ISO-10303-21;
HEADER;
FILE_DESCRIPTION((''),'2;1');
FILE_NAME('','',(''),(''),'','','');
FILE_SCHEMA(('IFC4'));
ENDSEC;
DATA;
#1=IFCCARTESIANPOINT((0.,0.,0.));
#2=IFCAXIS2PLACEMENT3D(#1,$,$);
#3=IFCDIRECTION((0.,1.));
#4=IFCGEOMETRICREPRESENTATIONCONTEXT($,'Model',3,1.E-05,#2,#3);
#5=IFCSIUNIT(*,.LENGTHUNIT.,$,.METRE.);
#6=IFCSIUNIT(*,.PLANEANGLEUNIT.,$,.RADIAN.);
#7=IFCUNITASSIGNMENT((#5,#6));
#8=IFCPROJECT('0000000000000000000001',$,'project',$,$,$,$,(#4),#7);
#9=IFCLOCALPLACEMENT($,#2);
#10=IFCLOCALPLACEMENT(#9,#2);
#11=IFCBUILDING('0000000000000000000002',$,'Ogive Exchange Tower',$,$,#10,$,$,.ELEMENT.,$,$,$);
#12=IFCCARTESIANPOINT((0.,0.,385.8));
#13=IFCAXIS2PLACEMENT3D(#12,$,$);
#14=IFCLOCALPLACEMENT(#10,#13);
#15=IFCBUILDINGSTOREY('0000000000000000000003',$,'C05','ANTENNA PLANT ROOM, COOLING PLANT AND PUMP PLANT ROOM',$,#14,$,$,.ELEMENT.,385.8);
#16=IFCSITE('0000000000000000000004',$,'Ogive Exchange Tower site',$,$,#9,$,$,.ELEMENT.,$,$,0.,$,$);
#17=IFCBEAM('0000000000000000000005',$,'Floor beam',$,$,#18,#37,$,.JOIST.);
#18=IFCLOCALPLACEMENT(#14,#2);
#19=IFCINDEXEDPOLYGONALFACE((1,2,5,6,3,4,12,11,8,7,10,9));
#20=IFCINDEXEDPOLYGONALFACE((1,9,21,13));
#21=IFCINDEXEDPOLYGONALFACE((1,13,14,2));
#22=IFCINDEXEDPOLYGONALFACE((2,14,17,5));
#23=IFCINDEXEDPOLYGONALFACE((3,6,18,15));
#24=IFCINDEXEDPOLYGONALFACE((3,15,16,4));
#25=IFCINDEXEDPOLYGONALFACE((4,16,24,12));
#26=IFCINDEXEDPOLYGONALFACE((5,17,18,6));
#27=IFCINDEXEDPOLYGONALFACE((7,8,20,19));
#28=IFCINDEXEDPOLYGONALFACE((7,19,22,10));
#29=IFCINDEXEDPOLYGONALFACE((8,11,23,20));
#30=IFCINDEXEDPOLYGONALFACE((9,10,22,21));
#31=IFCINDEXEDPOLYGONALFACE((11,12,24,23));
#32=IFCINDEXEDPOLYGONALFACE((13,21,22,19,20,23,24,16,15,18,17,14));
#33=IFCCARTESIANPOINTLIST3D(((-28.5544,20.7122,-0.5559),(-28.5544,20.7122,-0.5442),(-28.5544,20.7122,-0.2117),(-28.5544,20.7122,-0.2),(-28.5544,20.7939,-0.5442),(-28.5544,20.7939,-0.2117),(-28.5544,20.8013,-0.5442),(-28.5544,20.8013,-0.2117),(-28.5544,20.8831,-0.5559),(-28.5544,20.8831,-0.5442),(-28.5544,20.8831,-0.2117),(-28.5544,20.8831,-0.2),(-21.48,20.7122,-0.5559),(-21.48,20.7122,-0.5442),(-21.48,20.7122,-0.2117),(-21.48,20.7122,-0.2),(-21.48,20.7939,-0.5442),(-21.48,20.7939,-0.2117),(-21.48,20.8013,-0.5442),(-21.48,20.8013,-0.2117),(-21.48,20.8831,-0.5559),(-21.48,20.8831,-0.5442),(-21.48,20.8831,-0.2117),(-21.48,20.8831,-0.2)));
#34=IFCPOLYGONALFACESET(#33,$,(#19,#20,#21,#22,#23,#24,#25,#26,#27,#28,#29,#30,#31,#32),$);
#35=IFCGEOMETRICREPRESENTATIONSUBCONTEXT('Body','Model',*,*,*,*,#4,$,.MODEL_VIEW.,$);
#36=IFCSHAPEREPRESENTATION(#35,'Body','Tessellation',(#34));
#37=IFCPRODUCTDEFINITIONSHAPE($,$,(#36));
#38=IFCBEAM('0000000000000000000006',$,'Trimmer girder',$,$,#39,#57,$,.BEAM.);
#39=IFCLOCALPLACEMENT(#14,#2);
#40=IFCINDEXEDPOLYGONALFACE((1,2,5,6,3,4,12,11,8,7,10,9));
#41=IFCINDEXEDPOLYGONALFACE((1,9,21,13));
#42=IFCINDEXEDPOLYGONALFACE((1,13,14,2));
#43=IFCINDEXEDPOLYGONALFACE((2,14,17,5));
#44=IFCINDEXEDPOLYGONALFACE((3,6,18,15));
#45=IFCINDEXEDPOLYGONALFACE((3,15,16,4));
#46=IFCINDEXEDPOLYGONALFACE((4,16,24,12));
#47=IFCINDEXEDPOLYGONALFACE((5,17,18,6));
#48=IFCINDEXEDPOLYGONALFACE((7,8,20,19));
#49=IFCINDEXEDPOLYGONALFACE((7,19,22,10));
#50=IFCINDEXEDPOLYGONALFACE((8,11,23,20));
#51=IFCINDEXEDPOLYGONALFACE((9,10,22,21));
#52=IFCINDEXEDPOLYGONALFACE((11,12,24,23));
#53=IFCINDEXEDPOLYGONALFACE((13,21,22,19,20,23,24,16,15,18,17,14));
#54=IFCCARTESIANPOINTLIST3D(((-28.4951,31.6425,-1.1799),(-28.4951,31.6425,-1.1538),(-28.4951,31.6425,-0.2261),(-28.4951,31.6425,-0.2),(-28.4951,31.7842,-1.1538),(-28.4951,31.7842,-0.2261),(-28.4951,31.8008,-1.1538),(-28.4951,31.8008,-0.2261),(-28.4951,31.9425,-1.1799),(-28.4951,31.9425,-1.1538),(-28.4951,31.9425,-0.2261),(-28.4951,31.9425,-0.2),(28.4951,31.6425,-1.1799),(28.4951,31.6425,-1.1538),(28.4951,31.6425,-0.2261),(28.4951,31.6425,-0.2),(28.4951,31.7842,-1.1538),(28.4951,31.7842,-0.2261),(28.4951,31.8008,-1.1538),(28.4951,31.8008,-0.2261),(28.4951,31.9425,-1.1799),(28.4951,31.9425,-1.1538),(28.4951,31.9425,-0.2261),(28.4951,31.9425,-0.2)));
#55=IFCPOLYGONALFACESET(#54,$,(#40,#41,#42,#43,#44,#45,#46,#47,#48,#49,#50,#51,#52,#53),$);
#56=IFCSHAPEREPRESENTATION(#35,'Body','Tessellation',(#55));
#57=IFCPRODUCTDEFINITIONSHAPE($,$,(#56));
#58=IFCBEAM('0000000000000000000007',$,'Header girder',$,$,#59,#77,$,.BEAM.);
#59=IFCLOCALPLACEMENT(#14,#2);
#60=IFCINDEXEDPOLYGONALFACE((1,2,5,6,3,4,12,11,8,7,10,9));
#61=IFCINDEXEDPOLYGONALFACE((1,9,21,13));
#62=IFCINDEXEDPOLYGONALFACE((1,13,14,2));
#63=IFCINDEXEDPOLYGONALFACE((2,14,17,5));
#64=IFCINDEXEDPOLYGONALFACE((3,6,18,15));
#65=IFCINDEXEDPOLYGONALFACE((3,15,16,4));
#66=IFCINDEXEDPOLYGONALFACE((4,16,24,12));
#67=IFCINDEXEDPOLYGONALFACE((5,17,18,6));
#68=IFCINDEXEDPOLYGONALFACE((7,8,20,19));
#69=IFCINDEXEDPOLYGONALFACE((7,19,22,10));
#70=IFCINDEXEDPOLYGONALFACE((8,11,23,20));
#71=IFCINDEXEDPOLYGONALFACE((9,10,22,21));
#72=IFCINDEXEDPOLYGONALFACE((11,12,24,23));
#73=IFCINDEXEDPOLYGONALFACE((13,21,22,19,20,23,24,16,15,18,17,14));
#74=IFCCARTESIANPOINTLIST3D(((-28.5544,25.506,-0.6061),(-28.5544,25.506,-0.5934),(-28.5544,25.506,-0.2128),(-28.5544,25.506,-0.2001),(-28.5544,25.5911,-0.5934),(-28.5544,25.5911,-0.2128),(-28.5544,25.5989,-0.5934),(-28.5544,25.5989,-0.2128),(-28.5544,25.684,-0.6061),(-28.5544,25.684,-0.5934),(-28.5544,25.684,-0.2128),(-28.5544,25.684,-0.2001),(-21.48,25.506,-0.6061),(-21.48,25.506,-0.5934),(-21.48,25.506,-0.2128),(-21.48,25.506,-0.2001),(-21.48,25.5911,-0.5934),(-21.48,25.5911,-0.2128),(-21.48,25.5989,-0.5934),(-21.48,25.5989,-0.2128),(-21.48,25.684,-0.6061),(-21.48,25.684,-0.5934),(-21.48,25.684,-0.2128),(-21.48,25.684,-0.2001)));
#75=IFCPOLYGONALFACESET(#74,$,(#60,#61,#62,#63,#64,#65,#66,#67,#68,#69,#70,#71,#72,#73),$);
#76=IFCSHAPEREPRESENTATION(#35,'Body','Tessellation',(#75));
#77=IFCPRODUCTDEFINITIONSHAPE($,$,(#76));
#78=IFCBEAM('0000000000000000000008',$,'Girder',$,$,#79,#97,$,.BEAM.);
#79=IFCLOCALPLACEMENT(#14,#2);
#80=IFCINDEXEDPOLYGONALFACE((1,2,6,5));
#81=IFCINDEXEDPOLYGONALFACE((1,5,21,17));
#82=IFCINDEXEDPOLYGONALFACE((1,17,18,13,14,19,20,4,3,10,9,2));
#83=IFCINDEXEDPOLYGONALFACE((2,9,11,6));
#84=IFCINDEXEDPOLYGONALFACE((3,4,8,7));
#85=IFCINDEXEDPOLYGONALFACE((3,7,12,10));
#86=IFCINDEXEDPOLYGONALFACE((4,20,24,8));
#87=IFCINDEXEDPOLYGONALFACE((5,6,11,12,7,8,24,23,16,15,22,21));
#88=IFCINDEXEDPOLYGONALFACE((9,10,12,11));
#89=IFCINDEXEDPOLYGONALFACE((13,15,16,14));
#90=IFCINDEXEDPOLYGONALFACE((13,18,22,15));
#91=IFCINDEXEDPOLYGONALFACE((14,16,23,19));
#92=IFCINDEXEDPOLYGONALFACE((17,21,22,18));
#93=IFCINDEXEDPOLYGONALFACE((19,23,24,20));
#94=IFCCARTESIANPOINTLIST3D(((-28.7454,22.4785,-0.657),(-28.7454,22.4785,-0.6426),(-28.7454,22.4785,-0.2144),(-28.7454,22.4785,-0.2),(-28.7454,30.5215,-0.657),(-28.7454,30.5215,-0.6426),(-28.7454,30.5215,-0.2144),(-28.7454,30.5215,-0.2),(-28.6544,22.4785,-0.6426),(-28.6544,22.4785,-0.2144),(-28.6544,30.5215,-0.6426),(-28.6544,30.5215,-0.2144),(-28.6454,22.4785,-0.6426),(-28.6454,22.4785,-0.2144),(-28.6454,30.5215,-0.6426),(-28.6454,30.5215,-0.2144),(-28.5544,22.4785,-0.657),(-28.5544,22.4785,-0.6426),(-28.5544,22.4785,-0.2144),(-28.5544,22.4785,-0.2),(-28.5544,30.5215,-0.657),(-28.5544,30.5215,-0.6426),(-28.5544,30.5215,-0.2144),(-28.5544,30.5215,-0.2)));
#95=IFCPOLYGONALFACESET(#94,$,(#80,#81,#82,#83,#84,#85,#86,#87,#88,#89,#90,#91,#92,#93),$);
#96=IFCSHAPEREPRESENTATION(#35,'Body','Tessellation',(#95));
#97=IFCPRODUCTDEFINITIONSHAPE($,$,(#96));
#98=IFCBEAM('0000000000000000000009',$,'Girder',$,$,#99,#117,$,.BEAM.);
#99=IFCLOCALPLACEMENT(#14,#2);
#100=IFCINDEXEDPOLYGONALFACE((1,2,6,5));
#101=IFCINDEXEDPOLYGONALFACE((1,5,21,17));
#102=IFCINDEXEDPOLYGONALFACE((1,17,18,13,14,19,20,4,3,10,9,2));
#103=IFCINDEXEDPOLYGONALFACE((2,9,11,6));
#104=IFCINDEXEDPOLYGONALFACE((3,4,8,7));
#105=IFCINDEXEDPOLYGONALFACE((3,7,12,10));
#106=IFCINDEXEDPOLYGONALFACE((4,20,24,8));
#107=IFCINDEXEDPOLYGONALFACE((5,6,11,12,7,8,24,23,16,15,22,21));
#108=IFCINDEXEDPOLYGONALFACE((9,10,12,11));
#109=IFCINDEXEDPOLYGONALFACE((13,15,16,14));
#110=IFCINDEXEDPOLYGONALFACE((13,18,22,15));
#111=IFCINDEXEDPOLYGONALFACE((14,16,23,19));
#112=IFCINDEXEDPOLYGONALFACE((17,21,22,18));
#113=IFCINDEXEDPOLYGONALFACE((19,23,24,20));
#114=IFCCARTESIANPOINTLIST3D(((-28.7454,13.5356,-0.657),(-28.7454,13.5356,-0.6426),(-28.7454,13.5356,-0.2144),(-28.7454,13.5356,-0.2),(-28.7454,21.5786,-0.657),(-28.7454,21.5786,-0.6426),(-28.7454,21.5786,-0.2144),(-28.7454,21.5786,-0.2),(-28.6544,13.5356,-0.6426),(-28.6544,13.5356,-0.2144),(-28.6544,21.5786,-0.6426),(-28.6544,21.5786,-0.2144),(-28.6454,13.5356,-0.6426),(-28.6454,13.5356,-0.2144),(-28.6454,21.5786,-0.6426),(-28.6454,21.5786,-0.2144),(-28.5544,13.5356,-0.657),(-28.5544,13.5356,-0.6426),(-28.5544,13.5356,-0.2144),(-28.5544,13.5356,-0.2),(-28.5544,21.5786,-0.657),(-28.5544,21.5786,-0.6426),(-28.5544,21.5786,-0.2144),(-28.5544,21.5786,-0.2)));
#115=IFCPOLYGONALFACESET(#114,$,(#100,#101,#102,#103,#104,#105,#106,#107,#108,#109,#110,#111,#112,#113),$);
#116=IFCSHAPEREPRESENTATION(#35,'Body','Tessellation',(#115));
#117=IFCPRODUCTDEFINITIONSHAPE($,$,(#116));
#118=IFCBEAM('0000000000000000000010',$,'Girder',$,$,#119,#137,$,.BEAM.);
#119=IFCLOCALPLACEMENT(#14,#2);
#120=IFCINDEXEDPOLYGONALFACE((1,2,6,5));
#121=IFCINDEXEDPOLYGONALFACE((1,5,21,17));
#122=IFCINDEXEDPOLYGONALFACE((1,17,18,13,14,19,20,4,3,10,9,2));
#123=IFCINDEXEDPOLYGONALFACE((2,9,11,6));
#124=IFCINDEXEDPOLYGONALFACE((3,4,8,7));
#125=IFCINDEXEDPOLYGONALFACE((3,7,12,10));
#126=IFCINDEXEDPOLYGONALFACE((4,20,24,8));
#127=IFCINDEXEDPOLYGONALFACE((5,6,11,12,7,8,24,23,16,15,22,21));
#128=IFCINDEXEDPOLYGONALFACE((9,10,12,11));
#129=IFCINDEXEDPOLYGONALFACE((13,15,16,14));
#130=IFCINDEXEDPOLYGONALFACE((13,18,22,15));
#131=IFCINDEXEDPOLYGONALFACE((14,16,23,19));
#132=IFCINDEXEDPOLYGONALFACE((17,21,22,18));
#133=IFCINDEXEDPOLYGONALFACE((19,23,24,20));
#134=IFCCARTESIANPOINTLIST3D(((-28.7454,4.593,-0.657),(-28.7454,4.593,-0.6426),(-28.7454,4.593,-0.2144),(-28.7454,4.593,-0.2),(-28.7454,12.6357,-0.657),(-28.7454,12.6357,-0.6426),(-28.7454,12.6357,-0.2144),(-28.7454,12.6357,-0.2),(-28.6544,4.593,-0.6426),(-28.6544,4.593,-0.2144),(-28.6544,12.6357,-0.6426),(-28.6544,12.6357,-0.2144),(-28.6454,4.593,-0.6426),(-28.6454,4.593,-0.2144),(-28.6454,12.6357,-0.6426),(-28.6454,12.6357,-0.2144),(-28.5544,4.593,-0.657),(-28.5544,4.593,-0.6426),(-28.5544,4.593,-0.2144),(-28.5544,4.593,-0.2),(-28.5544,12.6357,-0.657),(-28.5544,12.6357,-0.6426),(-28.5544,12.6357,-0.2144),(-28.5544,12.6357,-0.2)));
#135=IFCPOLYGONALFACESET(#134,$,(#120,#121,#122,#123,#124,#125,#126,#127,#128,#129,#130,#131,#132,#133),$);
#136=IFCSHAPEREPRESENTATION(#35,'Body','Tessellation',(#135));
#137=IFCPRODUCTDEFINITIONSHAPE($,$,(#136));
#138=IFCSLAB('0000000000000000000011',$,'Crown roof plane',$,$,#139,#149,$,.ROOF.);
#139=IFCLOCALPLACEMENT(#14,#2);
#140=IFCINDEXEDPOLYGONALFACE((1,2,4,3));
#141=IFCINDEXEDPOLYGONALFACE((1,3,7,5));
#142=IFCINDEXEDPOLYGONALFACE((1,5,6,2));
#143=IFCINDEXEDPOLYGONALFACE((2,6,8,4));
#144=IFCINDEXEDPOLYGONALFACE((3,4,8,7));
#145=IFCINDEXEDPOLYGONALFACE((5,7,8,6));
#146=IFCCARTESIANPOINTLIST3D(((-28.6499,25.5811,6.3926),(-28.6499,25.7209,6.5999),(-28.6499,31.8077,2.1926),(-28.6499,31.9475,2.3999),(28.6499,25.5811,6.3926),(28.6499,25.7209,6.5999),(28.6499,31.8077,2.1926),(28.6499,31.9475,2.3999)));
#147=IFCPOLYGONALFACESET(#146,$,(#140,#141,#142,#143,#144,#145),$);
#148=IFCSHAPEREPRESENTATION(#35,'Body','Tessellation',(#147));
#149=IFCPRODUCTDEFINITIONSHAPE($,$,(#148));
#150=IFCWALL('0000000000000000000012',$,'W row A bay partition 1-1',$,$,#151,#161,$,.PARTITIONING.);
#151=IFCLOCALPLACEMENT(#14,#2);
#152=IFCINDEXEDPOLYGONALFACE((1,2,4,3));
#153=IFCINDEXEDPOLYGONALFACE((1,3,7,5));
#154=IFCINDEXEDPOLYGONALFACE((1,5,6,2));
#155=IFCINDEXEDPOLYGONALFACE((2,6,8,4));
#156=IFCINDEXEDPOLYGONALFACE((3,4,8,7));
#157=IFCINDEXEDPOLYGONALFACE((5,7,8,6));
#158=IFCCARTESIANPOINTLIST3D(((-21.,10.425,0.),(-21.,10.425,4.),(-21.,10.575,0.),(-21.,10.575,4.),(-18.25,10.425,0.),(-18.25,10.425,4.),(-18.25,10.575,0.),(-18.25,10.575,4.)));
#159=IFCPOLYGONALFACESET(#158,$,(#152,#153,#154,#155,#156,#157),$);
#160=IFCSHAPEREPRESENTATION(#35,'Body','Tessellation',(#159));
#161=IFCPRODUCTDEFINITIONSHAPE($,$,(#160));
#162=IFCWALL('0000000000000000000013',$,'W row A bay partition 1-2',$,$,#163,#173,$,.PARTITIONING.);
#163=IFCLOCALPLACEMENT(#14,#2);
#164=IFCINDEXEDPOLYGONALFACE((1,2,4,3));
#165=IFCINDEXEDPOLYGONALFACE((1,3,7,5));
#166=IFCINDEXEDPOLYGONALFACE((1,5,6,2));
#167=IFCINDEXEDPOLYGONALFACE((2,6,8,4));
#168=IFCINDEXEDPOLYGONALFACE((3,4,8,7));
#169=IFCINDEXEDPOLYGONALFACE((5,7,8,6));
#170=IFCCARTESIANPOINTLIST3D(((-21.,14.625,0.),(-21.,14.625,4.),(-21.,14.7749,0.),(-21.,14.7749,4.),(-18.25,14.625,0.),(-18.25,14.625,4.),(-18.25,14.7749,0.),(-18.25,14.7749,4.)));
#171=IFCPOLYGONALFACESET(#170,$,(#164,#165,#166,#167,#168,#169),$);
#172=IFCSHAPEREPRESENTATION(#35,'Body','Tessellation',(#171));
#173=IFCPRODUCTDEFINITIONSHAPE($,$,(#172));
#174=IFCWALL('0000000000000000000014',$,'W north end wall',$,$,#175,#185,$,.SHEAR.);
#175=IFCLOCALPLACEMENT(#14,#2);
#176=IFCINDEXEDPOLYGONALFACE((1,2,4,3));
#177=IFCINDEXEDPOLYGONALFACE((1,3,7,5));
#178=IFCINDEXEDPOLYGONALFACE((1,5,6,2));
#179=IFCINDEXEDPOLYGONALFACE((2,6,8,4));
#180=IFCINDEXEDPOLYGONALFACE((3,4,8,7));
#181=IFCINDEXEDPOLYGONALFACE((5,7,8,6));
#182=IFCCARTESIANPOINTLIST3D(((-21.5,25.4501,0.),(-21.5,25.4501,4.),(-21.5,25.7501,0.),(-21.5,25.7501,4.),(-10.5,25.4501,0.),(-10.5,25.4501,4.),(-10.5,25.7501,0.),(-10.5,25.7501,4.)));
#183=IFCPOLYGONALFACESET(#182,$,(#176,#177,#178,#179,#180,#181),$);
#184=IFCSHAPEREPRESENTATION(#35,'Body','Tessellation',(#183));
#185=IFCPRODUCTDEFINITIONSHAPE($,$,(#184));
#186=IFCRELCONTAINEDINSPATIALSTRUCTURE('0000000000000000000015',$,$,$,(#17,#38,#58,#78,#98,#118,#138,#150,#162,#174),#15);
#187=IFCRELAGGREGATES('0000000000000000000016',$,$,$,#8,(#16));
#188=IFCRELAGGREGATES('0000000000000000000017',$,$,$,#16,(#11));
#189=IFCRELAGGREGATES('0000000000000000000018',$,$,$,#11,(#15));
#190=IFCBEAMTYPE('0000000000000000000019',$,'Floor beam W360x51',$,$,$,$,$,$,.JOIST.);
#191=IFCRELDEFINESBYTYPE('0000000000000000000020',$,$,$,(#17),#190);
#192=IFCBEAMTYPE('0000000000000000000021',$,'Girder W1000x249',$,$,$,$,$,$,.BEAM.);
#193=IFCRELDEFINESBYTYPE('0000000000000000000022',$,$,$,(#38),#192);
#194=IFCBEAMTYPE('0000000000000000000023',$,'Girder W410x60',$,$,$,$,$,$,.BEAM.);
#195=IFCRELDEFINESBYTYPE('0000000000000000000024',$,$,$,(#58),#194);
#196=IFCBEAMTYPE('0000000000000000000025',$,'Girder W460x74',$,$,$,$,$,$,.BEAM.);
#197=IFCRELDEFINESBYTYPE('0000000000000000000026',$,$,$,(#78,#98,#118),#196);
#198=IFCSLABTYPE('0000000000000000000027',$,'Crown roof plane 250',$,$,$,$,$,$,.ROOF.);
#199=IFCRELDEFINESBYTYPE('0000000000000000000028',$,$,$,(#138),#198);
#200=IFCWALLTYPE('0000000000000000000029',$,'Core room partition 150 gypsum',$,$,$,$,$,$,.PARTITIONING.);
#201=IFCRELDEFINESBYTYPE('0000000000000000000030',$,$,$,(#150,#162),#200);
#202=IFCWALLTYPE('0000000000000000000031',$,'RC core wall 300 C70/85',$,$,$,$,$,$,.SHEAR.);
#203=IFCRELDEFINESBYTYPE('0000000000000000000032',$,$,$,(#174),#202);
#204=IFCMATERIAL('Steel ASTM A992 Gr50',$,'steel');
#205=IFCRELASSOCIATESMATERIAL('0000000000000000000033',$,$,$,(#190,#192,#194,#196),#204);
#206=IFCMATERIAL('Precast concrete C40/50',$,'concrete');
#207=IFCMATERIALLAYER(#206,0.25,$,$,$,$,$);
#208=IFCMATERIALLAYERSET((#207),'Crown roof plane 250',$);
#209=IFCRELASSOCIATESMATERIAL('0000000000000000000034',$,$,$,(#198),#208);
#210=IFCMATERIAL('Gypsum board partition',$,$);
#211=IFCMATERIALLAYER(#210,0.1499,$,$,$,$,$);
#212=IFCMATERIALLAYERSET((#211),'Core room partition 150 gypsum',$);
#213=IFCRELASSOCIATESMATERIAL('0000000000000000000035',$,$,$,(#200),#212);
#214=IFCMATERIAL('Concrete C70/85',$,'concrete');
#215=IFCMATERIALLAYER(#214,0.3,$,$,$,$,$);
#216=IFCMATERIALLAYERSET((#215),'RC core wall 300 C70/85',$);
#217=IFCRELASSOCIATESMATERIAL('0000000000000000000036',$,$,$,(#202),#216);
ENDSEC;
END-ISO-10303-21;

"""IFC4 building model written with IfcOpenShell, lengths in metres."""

from ifc_helpers import new_model, si_unit, direction, frame, frame_2d, origin, origin_2d, place, context, subcontext, project, spatial, polyline, rectangle, i_section, outline, extrude, material, layer, layer_set, material_profile, profile_set, type_object, element, save


model = new_model("IFC4")

# Units and contexts
model_context = context("Model", 3, precision=1e-05, world=origin(), true_north=direction((0.0, 1.0)))
body_context = subcontext(model_context, "Body", "Model", "MODEL_VIEW")
ifc_project = project(units=[si_unit("LENGTHUNIT", "METRE"), si_unit("PLANEANGLEUNIT", "RADIAN")], contexts=[model_context])

# Site, building, storey
site_placement = place(None, origin())
site = spatial("IfcSite", under=ifc_project, at=site_placement, Name="Ogive Exchange Tower site", CompositionType="ELEMENT", RefElevation=0.0)
building_placement = place(site_placement, origin())
building = spatial("IfcBuilding", under=site, at=building_placement, Name="Ogive Exchange Tower", CompositionType="ELEMENT")
storey_placement = place(building_placement, frame((0.0, 0.0, 385.8)))
storey = spatial("IfcBuildingStorey", under=building, at=storey_placement, Name="C05", Description="ANTENNA PLANT ROOM, COOLING PLANT AND PUMP PLANT ROOM", CompositionType="ELEMENT", Elevation=385.8)

# Beams
ifc_material_1 = material(Name="Steel ASTM A992 Gr50", Category="steel")
ifc_material_profile_1 = material_profile(ifc_material_1, i_section(OverallWidth=0.1709, OverallDepth=0.356, WebThickness=0.0073, FlangeThickness=0.0117, at=origin_2d()), Name="W360x51")
ifc_profile_set_1 = profile_set([ifc_material_profile_1], Name="Steel ASTM A992 Gr50")
beam_type_1 = type_object("IfcBeamType", Name="Floor beam W360x51", PredefinedType="JOIST", material=ifc_profile_set_1)
for number, where, z_axis, x_axis, name in (
    (1, (-28.5544, 20.7976, -0.3779), (1.0, 0.0, 0.0), (0.0, 1.0, 0.0), "Floor beam"),
):
    element("IfcBeam", number, at=place(storey_placement, frame(where, z_axis=z_axis, x_axis=x_axis)), inside=storey, type_object=beam_type_1, Name=name, PredefinedType="JOIST", context=body_context, shape_type="SweptSolid", body=[
        extrude(i_section(OverallWidth=0.1709, OverallDepth=0.356, WebThickness=0.0073, FlangeThickness=0.0117, at=origin_2d()), origin(), (0.0, 0.0, 1.0), 7.0745),
    ])
ifc_material_profile_2 = material_profile(ifc_material_1, i_section(OverallWidth=0.3, OverallDepth=0.98, WebThickness=0.0166, FlangeThickness=0.0261, at=origin_2d()), Name="W1000x249")
ifc_profile_set_2 = profile_set([ifc_material_profile_2], Name="Steel ASTM A992 Gr50")
beam_type_2 = type_object("IfcBeamType", Name="Girder W1000x249", PredefinedType="BEAM", material=ifc_profile_set_2)
beam_1_placement = place(storey_placement, frame((-28.4951, 31.7925, -0.6899), z_axis=(1.0, 0.0, 0.0), x_axis=(0.0, 1.0, 0.0)))
element("IfcBeam", 2, at=beam_1_placement, inside=storey, type_object=beam_type_2, Name="Trimmer girder", PredefinedType="BEAM", context=body_context, shape_type="SweptSolid", body=[
    extrude(i_section(OverallWidth=0.3, OverallDepth=0.98, WebThickness=0.0166, FlangeThickness=0.0261, at=origin_2d()), origin(), (0.0, 0.0, 1.0), 56.9902),
])
ifc_material_profile_3 = material_profile(ifc_material_1, i_section(OverallWidth=0.178, OverallDepth=0.406, WebThickness=0.0078, FlangeThickness=0.0127, at=origin_2d()), Name="W410x60")
ifc_profile_set_3 = profile_set([ifc_material_profile_3], Name="Steel ASTM A992 Gr50")
beam_type_3 = type_object("IfcBeamType", Name="Girder W410x60", PredefinedType="BEAM", material=ifc_profile_set_3)
beam_2_placement = place(storey_placement, frame((-28.5544, 25.595, -0.4031), z_axis=(1.0, 0.0, 0.0), x_axis=(0.0, 1.0, 0.0)))
element("IfcBeam", 3, at=beam_2_placement, inside=storey, type_object=beam_type_3, Name="Header girder", PredefinedType="BEAM", context=body_context, shape_type="SweptSolid", body=[
    extrude(i_section(OverallWidth=0.178, OverallDepth=0.406, WebThickness=0.0078, FlangeThickness=0.0127, at=origin_2d()), origin(), (0.0, 0.0, 1.0), 7.0745),
])
ifc_material_profile_4 = material_profile(ifc_material_1, i_section(OverallWidth=0.1909, OverallDepth=0.457, WebThickness=0.009, FlangeThickness=0.0144, at=origin_2d()), Name="W460x74")
ifc_profile_set_4 = profile_set([ifc_material_profile_4], Name="Steel ASTM A992 Gr50")
beam_type_4 = type_object("IfcBeamType", Name="Girder W460x74", PredefinedType="BEAM", material=ifc_profile_set_4)
for number, where, z_axis, x_axis, name in (
    (4, (-28.6499, 30.5215, -0.4285), (0.0, -1.0, 0.0), (1.0, 0.0, 0.0), "Girder"),
    (5, (-28.6499, 21.5786, -0.4285), (0.0, -1.0, 0.0), (1.0, 0.0, 0.0), "Girder"),
):
    element("IfcBeam", number, at=place(storey_placement, frame(where, z_axis=z_axis, x_axis=x_axis)), inside=storey, type_object=beam_type_4, Name=name, PredefinedType="BEAM", context=body_context, shape_type="SweptSolid", body=[
        extrude(i_section(OverallWidth=0.1909, OverallDepth=0.457, WebThickness=0.009, FlangeThickness=0.0144, at=origin_2d()), origin(), (0.0, 0.0, 1.0), 8.043),
    ])
beam_3_placement = place(storey_placement, frame((-28.6499, 12.6357, -0.4285), z_axis=(0.0, -1.0, 0.0), x_axis=(1.0, 0.0, 0.0)))
element("IfcBeam", 6, at=beam_3_placement, inside=storey, type_object=beam_type_4, Name="Girder", PredefinedType="BEAM", context=body_context, shape_type="SweptSolid", body=[
    extrude(i_section(OverallWidth=0.1909, OverallDepth=0.457, WebThickness=0.009, FlangeThickness=0.0144, at=origin_2d()), origin(), (0.0, 0.0, 1.0), 8.0427),
])

# Slab
ifc_material_2 = material(Name="Precast concrete C40/50", Category="concrete")
ifc_layer_1 = layer(ifc_material_2, 0.25)
ifc_layer_set_1 = layer_set([ifc_layer_1], Name="Crown roof plane 250")
slab_type = type_object("IfcSlabType", Name="Crown roof plane 250", PredefinedType="ROOF", material=ifc_layer_set_1)
slab_placement = place(storey_placement, frame((-28.6499, 25.7209, 6.5999), z_axis=(0.0, 0.5592, 0.829033), x_axis=(0.0, 0.829033, -0.5592)))
element("IfcSlab", 7, at=slab_placement, inside=storey, type_object=slab_type, Name="Crown roof plane", PredefinedType="ROOF", context=body_context, shape_type="SweptSolid", body=[
    extrude(outline(polyline([(0.0, 0.0), (7.5106, 0.0), (7.5106, -57.2998), (0.0, -57.2998), (0.0, 0.0)])), origin(), (0.0, 0.0, -1.0), 0.25),
])

# Walls
ifc_material_3 = material(Name="Gypsum board partition")
ifc_layer_2 = layer(ifc_material_3, 0.1499)
ifc_layer_set_2 = layer_set([ifc_layer_2], Name="Core room partition 150 gypsum")
wall_type_1 = type_object("IfcWallType", Name="Core room partition 150 gypsum", PredefinedType="PARTITIONING", material=ifc_layer_set_2)
for number, where, z_axis, x_axis, name in (
    (8, (-21.0, 10.5, 0.0), (0.0, 0.0, 1.0), (1.0, 0.0, 0.0), "W row A bay partition 1-1"),
    (9, (-21.0, 14.7, 0.0), (0.0, 0.0, 1.0), (1.0, 0.0, 0.0), "W row A bay partition 1-2"),
):
    element("IfcWall", number, at=place(storey_placement, frame(where, z_axis=z_axis, x_axis=x_axis)), inside=storey, type_object=wall_type_1, Name=name, PredefinedType="PARTITIONING", context=body_context, shape_type="SweptSolid", body=[
        extrude(rectangle(XDim=2.75, YDim=0.1499, at=frame_2d((1.375, 0.0))), origin(), (0.0, 0.0, 1.0), 4.0),
    ])
ifc_material_4 = material(Name="Concrete C70/85", Category="concrete")
ifc_layer_3 = layer(ifc_material_4, 0.3)
ifc_layer_set_3 = layer_set([ifc_layer_3], Name="RC core wall 300 C70/85")
wall_type_2 = type_object("IfcWallType", Name="RC core wall 300 C70/85", PredefinedType="SHEAR", material=ifc_layer_set_3)
wall_1_placement = place(storey_placement, frame((-21.5, 25.6001, 0.0), z_axis=(0.0, 0.0, 1.0), x_axis=(1.0, 0.0, 0.0)))
element("IfcWall", 10, at=wall_1_placement, inside=storey, type_object=wall_type_2, Name="W north end wall", PredefinedType="SHEAR", context=body_context, shape_type="SweptSolid", body=[
    extrude(rectangle(XDim=11.0, YDim=0.3, at=frame_2d((5.5, 0.0))), origin(), (0.0, 0.0, 1.0), 4.0),
])

save(model, "model.ifc")
